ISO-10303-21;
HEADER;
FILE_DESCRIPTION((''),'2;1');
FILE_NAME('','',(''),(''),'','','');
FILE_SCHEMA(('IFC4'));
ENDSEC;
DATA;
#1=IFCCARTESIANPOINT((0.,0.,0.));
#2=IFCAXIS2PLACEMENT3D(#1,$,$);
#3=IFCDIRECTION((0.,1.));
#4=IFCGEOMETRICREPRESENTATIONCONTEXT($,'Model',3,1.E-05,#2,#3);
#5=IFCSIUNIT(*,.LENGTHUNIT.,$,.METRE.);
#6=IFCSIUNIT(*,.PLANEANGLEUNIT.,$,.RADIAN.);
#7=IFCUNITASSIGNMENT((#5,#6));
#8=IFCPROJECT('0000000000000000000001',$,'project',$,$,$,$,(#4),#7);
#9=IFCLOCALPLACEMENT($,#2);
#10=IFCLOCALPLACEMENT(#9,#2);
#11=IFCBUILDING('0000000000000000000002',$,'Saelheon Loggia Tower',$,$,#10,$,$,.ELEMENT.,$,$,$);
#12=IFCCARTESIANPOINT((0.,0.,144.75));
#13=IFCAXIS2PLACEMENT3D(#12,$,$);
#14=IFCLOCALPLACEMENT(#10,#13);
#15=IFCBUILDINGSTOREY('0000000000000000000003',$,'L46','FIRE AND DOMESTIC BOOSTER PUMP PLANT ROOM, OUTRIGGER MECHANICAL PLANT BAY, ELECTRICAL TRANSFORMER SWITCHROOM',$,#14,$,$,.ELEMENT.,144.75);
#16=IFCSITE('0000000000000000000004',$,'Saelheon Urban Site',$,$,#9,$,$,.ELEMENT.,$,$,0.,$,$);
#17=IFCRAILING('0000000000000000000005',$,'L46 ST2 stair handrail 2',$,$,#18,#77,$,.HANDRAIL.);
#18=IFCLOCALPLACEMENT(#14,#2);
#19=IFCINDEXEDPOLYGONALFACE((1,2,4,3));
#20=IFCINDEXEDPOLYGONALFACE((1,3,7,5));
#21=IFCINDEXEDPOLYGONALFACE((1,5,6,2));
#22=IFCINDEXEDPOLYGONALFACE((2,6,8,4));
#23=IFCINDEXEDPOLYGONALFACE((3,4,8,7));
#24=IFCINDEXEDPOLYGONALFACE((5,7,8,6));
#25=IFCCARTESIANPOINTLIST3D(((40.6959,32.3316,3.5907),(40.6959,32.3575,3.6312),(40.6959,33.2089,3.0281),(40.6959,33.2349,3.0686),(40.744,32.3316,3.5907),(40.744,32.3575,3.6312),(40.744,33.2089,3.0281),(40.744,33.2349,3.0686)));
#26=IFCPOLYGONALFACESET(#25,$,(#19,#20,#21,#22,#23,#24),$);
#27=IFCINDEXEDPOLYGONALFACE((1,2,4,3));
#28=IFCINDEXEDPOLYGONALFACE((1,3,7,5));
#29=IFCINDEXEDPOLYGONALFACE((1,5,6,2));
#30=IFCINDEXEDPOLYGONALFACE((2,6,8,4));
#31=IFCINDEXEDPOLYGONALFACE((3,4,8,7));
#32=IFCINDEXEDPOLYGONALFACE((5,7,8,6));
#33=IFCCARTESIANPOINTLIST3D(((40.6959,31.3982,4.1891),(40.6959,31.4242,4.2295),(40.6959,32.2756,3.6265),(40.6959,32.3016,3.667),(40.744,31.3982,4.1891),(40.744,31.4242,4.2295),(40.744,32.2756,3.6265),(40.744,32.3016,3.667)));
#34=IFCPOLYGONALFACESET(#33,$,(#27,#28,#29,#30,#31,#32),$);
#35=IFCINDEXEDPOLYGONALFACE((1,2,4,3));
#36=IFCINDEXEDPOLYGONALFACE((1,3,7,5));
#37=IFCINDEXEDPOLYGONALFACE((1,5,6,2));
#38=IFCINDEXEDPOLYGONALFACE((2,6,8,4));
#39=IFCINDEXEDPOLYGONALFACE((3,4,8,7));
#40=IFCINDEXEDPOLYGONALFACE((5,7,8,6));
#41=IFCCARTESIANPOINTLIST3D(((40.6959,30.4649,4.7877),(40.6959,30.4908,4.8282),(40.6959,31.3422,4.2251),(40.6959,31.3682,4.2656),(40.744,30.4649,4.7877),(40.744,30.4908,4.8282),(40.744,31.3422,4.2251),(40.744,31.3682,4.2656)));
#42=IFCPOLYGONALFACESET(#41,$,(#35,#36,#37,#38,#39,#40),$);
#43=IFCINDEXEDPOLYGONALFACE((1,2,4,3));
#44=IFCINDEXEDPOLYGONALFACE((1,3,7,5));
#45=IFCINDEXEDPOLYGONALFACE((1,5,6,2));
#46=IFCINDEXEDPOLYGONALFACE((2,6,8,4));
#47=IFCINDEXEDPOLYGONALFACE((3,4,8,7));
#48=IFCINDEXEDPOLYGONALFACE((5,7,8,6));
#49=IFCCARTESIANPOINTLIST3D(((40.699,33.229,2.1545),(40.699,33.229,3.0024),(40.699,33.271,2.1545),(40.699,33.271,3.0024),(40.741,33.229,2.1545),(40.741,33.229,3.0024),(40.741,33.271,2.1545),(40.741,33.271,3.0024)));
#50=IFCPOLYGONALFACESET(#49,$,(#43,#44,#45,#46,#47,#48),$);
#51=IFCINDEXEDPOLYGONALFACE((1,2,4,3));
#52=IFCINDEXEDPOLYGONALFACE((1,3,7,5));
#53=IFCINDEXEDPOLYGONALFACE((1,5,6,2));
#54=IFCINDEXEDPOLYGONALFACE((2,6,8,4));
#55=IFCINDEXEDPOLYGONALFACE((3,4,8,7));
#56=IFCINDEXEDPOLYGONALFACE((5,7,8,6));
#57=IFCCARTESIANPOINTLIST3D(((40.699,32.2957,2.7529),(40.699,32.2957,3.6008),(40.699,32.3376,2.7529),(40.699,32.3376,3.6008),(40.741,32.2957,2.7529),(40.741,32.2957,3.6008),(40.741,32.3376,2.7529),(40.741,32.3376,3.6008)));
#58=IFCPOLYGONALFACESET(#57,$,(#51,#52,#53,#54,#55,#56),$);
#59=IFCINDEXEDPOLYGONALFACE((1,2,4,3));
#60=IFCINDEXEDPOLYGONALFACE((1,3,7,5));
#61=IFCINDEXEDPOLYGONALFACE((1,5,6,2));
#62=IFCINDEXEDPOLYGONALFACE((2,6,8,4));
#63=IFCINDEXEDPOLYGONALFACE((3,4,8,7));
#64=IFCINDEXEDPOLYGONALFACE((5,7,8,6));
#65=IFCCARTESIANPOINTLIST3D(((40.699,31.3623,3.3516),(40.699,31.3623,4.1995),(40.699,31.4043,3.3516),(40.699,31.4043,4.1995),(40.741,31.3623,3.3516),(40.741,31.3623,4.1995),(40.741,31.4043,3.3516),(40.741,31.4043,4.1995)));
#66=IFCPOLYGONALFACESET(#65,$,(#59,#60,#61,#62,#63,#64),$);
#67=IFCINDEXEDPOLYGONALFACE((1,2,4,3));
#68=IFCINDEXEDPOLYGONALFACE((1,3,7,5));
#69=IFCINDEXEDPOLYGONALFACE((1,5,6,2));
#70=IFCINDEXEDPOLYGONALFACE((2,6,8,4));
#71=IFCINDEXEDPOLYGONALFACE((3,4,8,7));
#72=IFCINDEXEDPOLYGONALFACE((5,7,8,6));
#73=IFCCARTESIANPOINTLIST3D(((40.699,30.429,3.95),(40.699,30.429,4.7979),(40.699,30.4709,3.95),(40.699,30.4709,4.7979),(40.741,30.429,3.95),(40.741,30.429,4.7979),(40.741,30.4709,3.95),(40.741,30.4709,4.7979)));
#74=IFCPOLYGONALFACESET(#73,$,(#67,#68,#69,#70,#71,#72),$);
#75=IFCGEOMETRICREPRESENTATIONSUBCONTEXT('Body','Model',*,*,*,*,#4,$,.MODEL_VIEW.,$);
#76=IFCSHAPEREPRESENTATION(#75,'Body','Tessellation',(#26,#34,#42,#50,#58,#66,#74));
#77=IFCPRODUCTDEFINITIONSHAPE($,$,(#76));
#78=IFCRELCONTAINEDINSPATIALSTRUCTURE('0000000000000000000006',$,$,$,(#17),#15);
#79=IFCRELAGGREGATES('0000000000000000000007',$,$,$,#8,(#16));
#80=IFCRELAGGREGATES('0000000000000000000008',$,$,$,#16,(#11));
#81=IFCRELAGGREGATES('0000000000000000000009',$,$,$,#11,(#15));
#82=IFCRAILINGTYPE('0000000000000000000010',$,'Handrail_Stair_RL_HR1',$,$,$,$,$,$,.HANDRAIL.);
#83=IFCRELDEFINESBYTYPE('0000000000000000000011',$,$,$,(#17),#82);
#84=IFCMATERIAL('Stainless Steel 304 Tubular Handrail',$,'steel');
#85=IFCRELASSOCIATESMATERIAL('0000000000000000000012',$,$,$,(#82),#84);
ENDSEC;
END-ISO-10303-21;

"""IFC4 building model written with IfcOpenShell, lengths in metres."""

from ifc_helpers import new_model, si_unit, direction, frame, origin, origin_2d, place, context, subcontext, project, spatial, rectangle, extrude, material, type_object, element, save


model = new_model("IFC4")

# Units and contexts
model_context = context("Model", 3, precision=1e-05, world=origin(), true_north=direction((0.0, 1.0)))
body_context = subcontext(model_context, "Body", "Model", "MODEL_VIEW")
ifc_project = project(units=[si_unit("LENGTHUNIT", "METRE"), si_unit("PLANEANGLEUNIT", "RADIAN")], contexts=[model_context])

# Site, building, storey
site_placement = place(None, origin())
site = spatial("IfcSite", under=ifc_project, at=site_placement, Name="Saelheon Urban Site", CompositionType="ELEMENT", RefElevation=0.0)
building_placement = place(site_placement, origin())
building = spatial("IfcBuilding", under=site, at=building_placement, Name="Saelheon Loggia Tower", CompositionType="ELEMENT")
storey_placement = place(building_placement, frame((0.0, 0.0, 144.75)))
storey = spatial("IfcBuildingStorey", under=building, at=storey_placement, Name="L46", Description="FIRE AND DOMESTIC BOOSTER PUMP PLANT ROOM, OUTRIGGER MECHANICAL PLANT BAY, ELECTRICAL TRANSFORMER SWITCHROOM", CompositionType="ELEMENT", Elevation=144.75)

# Railing
ifc_material_1 = material(Name="Stainless Steel 304 Tubular Handrail", Category="steel")
railing_type_1 = type_object("IfcRailingType", Name="Handrail_Stair_RL_HR1", PredefinedType="HANDRAIL", material=ifc_material_1)
railing_1_placement = place(storey_placement, frame((40.72, 33.25, 2.1545)))
element("IfcRailing", 1, at=railing_1_placement, inside=storey, type_object=railing_type_1, Name="L46 ST2 stair handrail 2", PredefinedType="HANDRAIL", context=body_context, shape_type="SweptSolid", body=[
    extrude(rectangle(XDim=0.0481, YDim=0.0481, at=origin_2d()), frame((0.0, -0.0281, 0.8938), z_axis=(0.0, -0.84181, 0.539774), x_axis=(1.0, 0.0, 0.0)), (0.0, 0.0, 1.0), 1.0422),
    extrude(rectangle(XDim=0.0481, YDim=0.0481, at=origin_2d()), frame((0.0, -0.9614, 1.4922), z_axis=(0.0, -0.84181, 0.539774), x_axis=(1.0, 0.0, 0.0)), (0.0, 0.0, 1.0), 1.0422),
    extrude(rectangle(XDim=0.0481, YDim=0.0481, at=origin_2d()), frame((0.0, -1.8948, 2.0908), z_axis=(0.0, -0.84181, 0.539774), x_axis=(1.0, 0.0, 0.0)), (0.0, 0.0, 1.0), 1.0422),
    extrude(rectangle(XDim=0.042, YDim=0.042, at=origin_2d()), origin(), (0.0, 0.0, 1.0), 0.8479),
    extrude(rectangle(XDim=0.042, YDim=0.042, at=origin_2d()), frame((0.0, -0.9333, 0.5984)), (0.0, 0.0, 1.0), 0.8479),
    extrude(rectangle(XDim=0.042, YDim=0.042, at=origin_2d()), frame((0.0, -1.8667, 1.197)), (0.0, 0.0, 1.0), 0.8479),
    extrude(rectangle(XDim=0.042, YDim=0.042, at=origin_2d()), frame((0.0, -2.8, 1.7954)), (0.0, 0.0, 1.0), 0.8479),
])

save(model, "model.ifc")
